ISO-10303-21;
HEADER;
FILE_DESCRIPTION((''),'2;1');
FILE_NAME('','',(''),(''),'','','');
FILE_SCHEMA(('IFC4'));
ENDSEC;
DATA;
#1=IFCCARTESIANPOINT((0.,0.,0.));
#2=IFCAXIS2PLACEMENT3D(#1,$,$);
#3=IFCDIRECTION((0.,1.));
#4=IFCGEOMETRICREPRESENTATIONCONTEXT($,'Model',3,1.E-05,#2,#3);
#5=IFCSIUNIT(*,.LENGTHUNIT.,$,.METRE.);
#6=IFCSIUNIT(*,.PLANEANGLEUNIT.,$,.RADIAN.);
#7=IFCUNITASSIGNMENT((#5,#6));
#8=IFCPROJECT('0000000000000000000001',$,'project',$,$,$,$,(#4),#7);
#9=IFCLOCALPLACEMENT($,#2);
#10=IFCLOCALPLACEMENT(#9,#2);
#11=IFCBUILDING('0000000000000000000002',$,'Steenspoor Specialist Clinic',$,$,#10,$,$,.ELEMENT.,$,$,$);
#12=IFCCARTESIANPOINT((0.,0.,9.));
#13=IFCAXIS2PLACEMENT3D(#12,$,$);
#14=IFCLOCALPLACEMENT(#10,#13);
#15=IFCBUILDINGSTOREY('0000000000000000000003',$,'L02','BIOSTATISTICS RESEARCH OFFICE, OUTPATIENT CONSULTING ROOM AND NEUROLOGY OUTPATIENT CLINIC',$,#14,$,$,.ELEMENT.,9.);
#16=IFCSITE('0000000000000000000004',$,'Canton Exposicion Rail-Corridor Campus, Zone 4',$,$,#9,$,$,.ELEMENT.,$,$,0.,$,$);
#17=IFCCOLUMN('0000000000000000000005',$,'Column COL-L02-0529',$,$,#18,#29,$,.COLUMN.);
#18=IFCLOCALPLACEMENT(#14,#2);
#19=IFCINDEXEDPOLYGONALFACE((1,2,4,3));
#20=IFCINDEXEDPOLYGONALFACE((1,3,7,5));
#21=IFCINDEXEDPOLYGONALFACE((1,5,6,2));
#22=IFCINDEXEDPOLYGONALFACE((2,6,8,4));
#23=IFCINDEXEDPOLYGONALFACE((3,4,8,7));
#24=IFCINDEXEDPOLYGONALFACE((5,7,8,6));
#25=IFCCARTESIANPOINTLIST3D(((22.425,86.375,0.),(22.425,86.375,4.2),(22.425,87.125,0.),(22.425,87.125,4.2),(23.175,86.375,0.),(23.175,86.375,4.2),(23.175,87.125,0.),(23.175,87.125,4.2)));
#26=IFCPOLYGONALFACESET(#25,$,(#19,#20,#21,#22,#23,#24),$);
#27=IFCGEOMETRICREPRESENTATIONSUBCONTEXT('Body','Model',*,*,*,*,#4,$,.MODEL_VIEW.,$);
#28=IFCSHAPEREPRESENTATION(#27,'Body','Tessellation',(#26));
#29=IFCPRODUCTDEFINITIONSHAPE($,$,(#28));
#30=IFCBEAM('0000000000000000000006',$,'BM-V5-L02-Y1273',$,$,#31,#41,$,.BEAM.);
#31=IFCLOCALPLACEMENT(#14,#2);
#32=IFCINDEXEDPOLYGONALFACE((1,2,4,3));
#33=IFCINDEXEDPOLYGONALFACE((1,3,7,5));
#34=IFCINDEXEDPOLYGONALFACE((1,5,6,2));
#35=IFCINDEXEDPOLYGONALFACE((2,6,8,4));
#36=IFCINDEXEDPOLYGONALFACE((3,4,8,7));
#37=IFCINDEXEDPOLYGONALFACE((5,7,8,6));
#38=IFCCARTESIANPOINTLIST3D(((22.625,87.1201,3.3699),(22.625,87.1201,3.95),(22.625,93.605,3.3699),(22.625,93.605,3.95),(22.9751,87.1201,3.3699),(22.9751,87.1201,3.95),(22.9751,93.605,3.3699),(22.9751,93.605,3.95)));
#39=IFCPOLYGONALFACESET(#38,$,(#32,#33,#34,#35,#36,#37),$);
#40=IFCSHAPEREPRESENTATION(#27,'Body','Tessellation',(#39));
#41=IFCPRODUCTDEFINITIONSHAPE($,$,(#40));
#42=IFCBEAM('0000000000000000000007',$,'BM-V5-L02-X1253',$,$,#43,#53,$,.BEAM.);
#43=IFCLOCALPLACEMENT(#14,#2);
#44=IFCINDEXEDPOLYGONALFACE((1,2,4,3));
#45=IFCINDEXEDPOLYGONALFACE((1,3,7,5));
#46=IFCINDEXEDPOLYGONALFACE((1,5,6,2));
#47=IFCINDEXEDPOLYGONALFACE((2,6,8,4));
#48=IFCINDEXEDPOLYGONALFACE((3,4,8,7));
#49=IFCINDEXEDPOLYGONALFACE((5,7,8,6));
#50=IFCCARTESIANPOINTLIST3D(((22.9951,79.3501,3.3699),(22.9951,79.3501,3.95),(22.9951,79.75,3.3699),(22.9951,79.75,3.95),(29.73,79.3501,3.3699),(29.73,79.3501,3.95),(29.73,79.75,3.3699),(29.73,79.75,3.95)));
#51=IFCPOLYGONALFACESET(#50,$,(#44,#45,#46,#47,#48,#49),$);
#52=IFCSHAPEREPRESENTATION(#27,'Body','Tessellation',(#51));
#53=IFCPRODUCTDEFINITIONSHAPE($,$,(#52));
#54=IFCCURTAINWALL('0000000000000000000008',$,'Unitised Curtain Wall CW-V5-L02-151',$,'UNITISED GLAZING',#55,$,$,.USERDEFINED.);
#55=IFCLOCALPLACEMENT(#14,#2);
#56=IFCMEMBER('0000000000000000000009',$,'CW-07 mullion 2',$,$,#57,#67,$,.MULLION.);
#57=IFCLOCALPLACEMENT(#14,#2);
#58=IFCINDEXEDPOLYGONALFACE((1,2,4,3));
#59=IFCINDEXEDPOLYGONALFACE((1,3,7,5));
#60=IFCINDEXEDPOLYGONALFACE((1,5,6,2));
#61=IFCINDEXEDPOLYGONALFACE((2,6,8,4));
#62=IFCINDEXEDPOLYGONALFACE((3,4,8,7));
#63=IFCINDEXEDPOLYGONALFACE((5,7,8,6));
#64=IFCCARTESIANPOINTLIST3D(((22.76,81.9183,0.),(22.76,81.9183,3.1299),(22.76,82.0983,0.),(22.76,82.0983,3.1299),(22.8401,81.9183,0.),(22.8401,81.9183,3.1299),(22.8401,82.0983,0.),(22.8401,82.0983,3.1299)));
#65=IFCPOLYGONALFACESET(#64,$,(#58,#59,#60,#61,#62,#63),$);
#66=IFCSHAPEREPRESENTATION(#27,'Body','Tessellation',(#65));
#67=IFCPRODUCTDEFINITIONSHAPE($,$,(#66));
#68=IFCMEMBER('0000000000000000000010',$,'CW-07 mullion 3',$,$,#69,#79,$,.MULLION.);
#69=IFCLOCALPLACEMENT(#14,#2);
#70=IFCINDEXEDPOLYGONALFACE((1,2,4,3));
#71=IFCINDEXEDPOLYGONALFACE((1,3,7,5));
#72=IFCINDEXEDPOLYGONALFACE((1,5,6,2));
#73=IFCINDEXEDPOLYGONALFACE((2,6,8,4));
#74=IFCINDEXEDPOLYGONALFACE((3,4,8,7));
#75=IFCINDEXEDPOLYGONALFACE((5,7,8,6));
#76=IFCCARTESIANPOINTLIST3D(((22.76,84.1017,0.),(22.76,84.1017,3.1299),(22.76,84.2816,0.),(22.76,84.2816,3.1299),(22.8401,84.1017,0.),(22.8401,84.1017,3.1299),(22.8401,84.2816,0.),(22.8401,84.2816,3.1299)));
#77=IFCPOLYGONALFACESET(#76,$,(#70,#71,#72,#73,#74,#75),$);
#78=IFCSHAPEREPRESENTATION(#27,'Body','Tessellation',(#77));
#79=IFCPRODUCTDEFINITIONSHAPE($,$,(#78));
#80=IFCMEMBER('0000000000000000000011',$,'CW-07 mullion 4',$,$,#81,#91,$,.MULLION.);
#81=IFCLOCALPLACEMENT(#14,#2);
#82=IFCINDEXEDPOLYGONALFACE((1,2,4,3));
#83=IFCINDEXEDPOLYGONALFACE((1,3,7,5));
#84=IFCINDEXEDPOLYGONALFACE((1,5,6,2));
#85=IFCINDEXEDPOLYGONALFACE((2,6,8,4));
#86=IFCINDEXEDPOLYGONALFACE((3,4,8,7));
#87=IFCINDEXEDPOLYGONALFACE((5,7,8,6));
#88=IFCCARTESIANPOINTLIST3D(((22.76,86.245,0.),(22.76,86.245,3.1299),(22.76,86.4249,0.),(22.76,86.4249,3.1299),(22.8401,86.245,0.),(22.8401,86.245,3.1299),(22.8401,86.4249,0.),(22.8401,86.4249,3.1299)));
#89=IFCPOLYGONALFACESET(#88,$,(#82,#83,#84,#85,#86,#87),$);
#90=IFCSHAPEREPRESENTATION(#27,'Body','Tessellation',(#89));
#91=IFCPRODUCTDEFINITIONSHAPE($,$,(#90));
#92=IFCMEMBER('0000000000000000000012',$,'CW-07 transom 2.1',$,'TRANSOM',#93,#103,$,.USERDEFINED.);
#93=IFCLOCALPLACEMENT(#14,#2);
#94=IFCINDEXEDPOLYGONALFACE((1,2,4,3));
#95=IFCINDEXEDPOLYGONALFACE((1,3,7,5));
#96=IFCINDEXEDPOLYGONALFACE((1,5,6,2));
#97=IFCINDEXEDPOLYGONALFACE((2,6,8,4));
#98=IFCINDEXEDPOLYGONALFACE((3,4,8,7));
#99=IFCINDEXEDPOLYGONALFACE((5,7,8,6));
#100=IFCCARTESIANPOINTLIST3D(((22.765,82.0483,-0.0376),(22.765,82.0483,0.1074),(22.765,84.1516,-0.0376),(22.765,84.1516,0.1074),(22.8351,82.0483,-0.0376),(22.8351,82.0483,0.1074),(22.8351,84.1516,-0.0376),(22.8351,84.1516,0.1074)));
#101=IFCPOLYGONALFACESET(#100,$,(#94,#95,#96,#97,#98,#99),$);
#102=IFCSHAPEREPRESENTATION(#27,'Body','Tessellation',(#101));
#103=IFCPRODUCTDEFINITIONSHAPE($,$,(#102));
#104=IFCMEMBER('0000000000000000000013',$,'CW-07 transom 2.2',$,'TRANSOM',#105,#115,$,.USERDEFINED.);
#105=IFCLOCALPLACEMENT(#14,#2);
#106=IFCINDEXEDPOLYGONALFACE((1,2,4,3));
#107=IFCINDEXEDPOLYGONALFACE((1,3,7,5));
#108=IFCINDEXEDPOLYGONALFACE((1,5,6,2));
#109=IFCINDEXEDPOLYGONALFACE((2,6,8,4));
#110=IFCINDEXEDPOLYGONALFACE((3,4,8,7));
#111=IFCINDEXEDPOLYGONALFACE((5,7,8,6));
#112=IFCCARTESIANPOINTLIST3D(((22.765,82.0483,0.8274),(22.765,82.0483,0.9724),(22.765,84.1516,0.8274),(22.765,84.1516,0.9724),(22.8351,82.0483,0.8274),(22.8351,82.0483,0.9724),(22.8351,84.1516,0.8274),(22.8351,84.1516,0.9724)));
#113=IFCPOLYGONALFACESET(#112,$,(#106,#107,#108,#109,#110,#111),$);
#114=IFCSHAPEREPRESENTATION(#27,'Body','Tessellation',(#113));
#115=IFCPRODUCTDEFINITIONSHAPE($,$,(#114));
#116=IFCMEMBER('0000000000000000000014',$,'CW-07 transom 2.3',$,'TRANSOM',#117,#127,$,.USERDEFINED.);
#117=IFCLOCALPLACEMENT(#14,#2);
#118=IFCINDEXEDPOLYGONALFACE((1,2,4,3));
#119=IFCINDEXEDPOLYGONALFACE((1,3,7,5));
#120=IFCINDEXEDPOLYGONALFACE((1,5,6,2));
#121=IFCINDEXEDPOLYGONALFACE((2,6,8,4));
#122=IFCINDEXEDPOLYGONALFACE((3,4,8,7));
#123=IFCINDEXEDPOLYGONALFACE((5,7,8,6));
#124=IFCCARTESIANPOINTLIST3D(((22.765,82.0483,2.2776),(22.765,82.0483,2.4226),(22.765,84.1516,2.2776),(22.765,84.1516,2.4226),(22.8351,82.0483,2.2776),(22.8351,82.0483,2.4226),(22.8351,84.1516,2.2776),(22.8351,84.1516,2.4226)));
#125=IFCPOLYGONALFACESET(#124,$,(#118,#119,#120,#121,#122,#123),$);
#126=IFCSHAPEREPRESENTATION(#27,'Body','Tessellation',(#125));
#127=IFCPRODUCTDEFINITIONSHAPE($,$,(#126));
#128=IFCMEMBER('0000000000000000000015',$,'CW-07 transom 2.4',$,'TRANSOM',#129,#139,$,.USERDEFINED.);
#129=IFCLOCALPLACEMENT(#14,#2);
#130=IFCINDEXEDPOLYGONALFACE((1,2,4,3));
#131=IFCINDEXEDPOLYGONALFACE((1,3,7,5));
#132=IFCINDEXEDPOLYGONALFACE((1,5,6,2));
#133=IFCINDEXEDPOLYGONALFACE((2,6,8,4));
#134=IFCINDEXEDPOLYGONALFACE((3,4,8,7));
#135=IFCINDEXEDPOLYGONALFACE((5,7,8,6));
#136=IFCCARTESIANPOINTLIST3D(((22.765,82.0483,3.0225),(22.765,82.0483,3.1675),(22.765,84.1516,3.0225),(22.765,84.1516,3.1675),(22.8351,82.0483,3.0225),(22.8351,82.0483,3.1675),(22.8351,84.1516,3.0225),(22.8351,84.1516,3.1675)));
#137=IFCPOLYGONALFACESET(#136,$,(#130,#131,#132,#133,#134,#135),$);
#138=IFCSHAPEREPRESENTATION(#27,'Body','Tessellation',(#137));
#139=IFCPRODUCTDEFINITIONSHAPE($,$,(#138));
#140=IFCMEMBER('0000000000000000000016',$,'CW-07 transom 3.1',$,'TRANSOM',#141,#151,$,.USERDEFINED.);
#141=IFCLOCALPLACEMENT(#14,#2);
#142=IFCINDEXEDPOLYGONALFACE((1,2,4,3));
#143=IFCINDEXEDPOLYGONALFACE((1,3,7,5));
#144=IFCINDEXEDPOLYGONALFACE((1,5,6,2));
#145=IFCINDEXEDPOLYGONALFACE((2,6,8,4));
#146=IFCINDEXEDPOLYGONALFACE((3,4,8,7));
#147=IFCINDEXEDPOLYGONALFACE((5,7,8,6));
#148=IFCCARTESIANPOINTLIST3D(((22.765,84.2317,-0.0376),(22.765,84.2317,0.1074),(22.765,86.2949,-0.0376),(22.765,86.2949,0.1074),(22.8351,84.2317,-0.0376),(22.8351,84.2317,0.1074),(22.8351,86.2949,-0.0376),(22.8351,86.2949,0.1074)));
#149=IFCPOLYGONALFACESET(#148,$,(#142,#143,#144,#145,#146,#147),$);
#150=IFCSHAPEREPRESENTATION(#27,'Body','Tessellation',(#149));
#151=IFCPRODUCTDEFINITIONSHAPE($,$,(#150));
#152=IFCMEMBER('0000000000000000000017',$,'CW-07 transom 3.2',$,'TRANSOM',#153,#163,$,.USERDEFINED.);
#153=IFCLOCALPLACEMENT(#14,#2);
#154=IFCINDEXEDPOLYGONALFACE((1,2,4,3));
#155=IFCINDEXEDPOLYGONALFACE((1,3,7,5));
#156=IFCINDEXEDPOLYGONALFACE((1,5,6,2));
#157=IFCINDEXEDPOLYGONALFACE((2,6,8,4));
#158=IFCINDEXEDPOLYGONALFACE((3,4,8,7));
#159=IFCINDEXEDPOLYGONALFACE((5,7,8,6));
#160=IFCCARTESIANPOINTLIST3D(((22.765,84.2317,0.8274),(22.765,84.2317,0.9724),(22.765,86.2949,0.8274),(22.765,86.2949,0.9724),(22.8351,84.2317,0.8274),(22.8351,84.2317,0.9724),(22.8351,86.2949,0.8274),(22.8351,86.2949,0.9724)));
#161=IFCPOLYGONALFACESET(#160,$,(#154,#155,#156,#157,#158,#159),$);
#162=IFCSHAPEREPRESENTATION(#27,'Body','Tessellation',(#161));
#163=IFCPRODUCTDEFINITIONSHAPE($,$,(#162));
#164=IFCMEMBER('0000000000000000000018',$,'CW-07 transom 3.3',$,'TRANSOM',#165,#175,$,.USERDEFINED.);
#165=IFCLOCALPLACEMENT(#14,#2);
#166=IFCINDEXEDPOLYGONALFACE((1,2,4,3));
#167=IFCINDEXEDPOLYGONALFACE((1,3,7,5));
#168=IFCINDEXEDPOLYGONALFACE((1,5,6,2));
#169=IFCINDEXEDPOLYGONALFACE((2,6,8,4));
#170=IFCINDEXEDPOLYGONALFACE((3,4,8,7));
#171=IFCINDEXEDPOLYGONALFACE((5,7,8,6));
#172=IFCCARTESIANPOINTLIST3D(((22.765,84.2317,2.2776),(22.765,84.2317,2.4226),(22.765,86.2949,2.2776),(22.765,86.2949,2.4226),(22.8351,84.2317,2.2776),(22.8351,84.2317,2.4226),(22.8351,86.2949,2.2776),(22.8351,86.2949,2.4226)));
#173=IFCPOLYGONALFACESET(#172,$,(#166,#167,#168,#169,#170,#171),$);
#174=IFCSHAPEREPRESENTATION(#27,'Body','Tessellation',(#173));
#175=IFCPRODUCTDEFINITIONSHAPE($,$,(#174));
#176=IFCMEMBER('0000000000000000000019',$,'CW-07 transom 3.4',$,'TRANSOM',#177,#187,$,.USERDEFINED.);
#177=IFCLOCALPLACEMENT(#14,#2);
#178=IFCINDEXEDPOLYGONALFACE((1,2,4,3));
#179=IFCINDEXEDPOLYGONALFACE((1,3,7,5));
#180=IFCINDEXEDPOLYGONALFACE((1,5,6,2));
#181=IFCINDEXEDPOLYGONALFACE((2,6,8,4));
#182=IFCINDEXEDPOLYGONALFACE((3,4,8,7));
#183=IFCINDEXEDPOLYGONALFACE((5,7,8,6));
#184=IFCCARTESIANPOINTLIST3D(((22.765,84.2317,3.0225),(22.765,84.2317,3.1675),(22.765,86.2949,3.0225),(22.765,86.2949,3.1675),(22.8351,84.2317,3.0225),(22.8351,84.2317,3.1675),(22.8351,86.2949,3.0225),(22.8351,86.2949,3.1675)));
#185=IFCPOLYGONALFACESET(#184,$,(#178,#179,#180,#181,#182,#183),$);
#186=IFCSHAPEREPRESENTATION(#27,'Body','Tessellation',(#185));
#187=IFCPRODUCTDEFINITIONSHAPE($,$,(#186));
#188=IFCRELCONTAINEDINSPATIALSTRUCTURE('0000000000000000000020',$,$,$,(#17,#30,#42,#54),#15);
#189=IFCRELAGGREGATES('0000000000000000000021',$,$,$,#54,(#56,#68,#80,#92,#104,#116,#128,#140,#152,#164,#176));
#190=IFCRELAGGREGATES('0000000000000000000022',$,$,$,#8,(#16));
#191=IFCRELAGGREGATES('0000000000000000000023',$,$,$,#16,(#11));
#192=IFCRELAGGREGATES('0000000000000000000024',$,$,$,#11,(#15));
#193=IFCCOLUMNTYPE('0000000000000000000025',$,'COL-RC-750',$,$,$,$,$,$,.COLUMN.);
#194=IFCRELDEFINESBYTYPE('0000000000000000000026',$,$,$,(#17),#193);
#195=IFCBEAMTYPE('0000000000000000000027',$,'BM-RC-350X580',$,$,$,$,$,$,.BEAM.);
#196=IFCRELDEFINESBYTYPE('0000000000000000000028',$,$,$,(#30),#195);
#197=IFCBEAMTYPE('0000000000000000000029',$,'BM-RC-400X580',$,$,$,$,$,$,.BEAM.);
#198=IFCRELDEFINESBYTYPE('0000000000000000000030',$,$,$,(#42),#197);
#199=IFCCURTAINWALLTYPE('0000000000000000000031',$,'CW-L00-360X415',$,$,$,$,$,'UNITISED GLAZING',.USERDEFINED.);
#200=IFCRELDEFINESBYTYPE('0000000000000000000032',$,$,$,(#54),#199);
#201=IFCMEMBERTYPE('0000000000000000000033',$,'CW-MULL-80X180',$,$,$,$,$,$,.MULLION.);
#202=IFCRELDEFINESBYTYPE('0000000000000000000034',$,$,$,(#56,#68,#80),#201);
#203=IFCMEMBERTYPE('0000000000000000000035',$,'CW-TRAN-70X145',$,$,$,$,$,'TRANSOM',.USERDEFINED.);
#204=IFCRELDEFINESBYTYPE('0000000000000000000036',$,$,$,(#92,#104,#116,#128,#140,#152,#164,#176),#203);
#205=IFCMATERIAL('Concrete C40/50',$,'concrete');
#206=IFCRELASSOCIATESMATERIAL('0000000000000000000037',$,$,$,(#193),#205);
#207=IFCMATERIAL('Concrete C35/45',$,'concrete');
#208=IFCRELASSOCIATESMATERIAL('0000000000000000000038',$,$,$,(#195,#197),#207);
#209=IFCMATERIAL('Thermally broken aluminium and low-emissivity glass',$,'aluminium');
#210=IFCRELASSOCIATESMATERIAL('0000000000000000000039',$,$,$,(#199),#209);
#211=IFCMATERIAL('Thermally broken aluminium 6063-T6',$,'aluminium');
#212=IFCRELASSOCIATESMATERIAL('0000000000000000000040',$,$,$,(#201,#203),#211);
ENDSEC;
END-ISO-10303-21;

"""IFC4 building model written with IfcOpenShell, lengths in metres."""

from ifc_helpers import new_model, si_unit, direction, frame, origin, origin_2d, place, context, subcontext, project, spatial, rectangle, extrude, material, material_profile, profile_set, type_object, element, aggregate, save


model = new_model("IFC4")

# Units and contexts
model_context = context("Model", 3, precision=1e-05, world=origin(), true_north=direction((0.0, 1.0)))
body_context = subcontext(model_context, "Body", "Model", "MODEL_VIEW")
ifc_project = project(units=[si_unit("LENGTHUNIT", "METRE"), si_unit("PLANEANGLEUNIT", "RADIAN")], contexts=[model_context])

# Site, building, storey
site_placement = place(None, origin())
site = spatial("IfcSite", under=ifc_project, at=site_placement, Name="Canton Exposicion Rail-Corridor Campus, Zone 4", CompositionType="ELEMENT", RefElevation=0.0)
building_placement = place(site_placement, origin())
building = spatial("IfcBuilding", under=site, at=building_placement, Name="Steenspoor Specialist Clinic", CompositionType="ELEMENT")
storey_placement = place(building_placement, frame((0.0, 0.0, 9.0)))
storey = spatial("IfcBuildingStorey", under=building, at=storey_placement, Name="L02", Description="BIOSTATISTICS RESEARCH OFFICE, OUTPATIENT CONSULTING ROOM AND NEUROLOGY OUTPATIENT CLINIC", CompositionType="ELEMENT", Elevation=9.0)

# Column
ifc_material_1 = material(Name="Concrete C40/50", Category="concrete")
ifc_material_profile_1 = material_profile(ifc_material_1, rectangle(XDim=0.75, YDim=0.75, at=origin_2d()), Name="RC-COL-750X750")
ifc_profile_set_1 = profile_set([ifc_material_profile_1], Name="Concrete C40/50")
column_type = type_object("IfcColumnType", Name="COL-RC-750", PredefinedType="COLUMN", material=ifc_profile_set_1)
column_placement = place(storey_placement, frame((22.8, 86.75, 0.0), z_axis=(0.0, 0.0, 1.0), x_axis=(1.0, 0.0, 0.0)))
element("IfcColumn", 1, at=column_placement, inside=storey, type_object=column_type, Name="Column COL-L02-0529", PredefinedType="COLUMN", context=body_context, shape_type="SweptSolid", body=[
    extrude(rectangle(XDim=0.75, YDim=0.75, at=origin_2d()), origin(), (0.0, 0.0, 1.0), 4.2),
])

# Beams
ifc_material_2 = material(Name="Concrete C35/45", Category="concrete")
ifc_material_profile_2 = material_profile(ifc_material_2, rectangle(XDim=0.3501, YDim=0.5801, at=origin_2d()), Name="RC-BM-350X580")
ifc_profile_set_2 = profile_set([ifc_material_profile_2], Name="Concrete C35/45")
beam_type_1 = type_object("IfcBeamType", Name="BM-RC-350X580", PredefinedType="BEAM", material=ifc_profile_set_2)
beam_1_placement = place(storey_placement, frame((22.8, 87.1201, 3.6599), z_axis=(0.0, 1.0, 0.0), x_axis=(-1.0, 0.0, 0.0)))
element("IfcBeam", 2, at=beam_1_placement, inside=storey, type_object=beam_type_1, Name="BM-V5-L02-Y1273", PredefinedType="BEAM", context=body_context, shape_type="SweptSolid", body=[
    extrude(rectangle(XDim=0.3501, YDim=0.5801, at=origin_2d()), origin(), (0.0, 0.0, 1.0), 6.4849),
])
ifc_material_profile_3 = material_profile(ifc_material_2, rectangle(XDim=0.3999, YDim=0.5801, at=origin_2d()), Name="RC-BM-400X580")
ifc_profile_set_3 = profile_set([ifc_material_profile_3], Name="Concrete C35/45")
beam_type_2 = type_object("IfcBeamType", Name="BM-RC-400X580", PredefinedType="BEAM", material=ifc_profile_set_3)
beam_2_placement = place(storey_placement, frame((22.9951, 79.55, 3.6599), z_axis=(1.0, 0.0, 0.0), x_axis=(0.0, 1.0, 0.0)))
element("IfcBeam", 3, at=beam_2_placement, inside=storey, type_object=beam_type_2, Name="BM-V5-L02-X1253", PredefinedType="BEAM", context=body_context, shape_type="SweptSolid", body=[
    extrude(rectangle(XDim=0.3999, YDim=0.5801, at=origin_2d()), origin(), (0.0, 0.0, 1.0), 6.7349),
])

# Curtain wall, members
ifc_material_3 = material(Name="Thermally broken aluminium and low-emissivity glass", Category="aluminium")
curtain_wall_type = type_object("IfcCurtainWallType", Name="CW-L00-360X415", ElementType="UNITISED GLAZING", PredefinedType="USERDEFINED", material=ifc_material_3)
curtain_wall_placement = place(storey_placement, origin())
curtain_wall = element("IfcCurtainWall", 4, at=curtain_wall_placement, inside=storey, type_object=curtain_wall_type, Name="Unitised Curtain Wall CW-V5-L02-151", ObjectType="UNITISED GLAZING", PredefinedType="USERDEFINED")
ifc_material_4 = material(Name="Thermally broken aluminium 6063-T6", Category="aluminium")
ifc_material_profile_4 = material_profile(ifc_material_4, rectangle(XDim=0.0801, YDim=0.1799, at=origin_2d()), Name="CWM-80X180")
ifc_profile_set_4 = profile_set([ifc_material_profile_4], Name="Thermally broken aluminium 6063-T6")
member_type_1 = type_object("IfcMemberType", Name="CW-MULL-80X180", PredefinedType="MULLION", material=ifc_profile_set_4)
member_1_placement = place(storey_placement, frame((22.8, 82.0083, 0.0), z_axis=(0.0, 0.0, 1.0), x_axis=(-1.0, 0.0, 0.0)))
member_1 = element("IfcMember", 5, at=member_1_placement, type_object=member_type_1, Name="CW-07 mullion 2", PredefinedType="MULLION", context=body_context, shape_type="SweptSolid", body=[
    extrude(rectangle(XDim=0.0801, YDim=0.1799, at=origin_2d()), origin(), (0.0, 0.0, 1.0), 3.1299),
])
member_2_placement = place(storey_placement, frame((22.8, 84.1917, 0.0), z_axis=(0.0, 0.0, 1.0), x_axis=(-1.0, 0.0, 0.0)))
member_2 = element("IfcMember", 6, at=member_2_placement, type_object=member_type_1, Name="CW-07 mullion 3", PredefinedType="MULLION", context=body_context, shape_type="SweptSolid", body=[
    extrude(rectangle(XDim=0.0801, YDim=0.1799, at=origin_2d()), origin(), (0.0, 0.0, 1.0), 3.1299),
])
member_3_placement = place(storey_placement, frame((22.8, 86.335, 0.0), z_axis=(0.0, 0.0, 1.0), x_axis=(-1.0, 0.0, 0.0)))
member_3 = element("IfcMember", 7, at=member_3_placement, type_object=member_type_1, Name="CW-07 mullion 4", PredefinedType="MULLION", context=body_context, shape_type="SweptSolid", body=[
    extrude(rectangle(XDim=0.0801, YDim=0.1799, at=origin_2d()), origin(), (0.0, 0.0, 1.0), 3.1299),
])
ifc_material_profile_5 = material_profile(ifc_material_4, rectangle(XDim=0.0701, YDim=0.145, at=origin_2d()), Name="CWT-70X145")
ifc_profile_set_5 = profile_set([ifc_material_profile_5], Name="Thermally broken aluminium 6063-T6")
member_type_2 = type_object("IfcMemberType", Name="CW-TRAN-70X145", ElementType="TRANSOM", PredefinedType="USERDEFINED", material=ifc_profile_set_5)
member_4_placement = place(storey_placement, frame((22.8, 82.0483, 0.0349), z_axis=(0.0, 1.0, 0.0), x_axis=(-1.0, 0.0, 0.0)))
member_4 = element("IfcMember", 8, at=member_4_placement, type_object=member_type_2, Name="CW-07 transom 2.1", ObjectType="TRANSOM", PredefinedType="USERDEFINED", context=body_context, shape_type="SweptSolid", body=[
    extrude(rectangle(XDim=0.0701, YDim=0.145, at=origin_2d()), origin(), (0.0, 0.0, 1.0), 2.1033),
])
member_5_placement = place(storey_placement, frame((22.8, 82.0483, 0.8999), z_axis=(0.0, 1.0, 0.0), x_axis=(-1.0, 0.0, 0.0)))
member_5 = element("IfcMember", 9, at=member_5_placement, type_object=member_type_2, Name="CW-07 transom 2.2", ObjectType="TRANSOM", PredefinedType="USERDEFINED", context=body_context, shape_type="SweptSolid", body=[
    extrude(rectangle(XDim=0.0701, YDim=0.145, at=origin_2d()), origin(), (0.0, 0.0, 1.0), 2.1033),
])
member_6_placement = place(storey_placement, frame((22.8, 82.0483, 2.3501), z_axis=(0.0, 1.0, 0.0), x_axis=(-1.0, 0.0, 0.0)))
member_6 = element("IfcMember", 10, at=member_6_placement, type_object=member_type_2, Name="CW-07 transom 2.3", ObjectType="TRANSOM", PredefinedType="USERDEFINED", context=body_context, shape_type="SweptSolid", body=[
    extrude(rectangle(XDim=0.0701, YDim=0.145, at=origin_2d()), origin(), (0.0, 0.0, 1.0), 2.1033),
])
member_7_placement = place(storey_placement, frame((22.8, 82.0483, 3.095), z_axis=(0.0, 1.0, 0.0), x_axis=(-1.0, 0.0, 0.0)))
member_7 = element("IfcMember", 11, at=member_7_placement, type_object=member_type_2, Name="CW-07 transom 2.4", ObjectType="TRANSOM", PredefinedType="USERDEFINED", context=body_context, shape_type="SweptSolid", body=[
    extrude(rectangle(XDim=0.0701, YDim=0.145, at=origin_2d()), origin(), (0.0, 0.0, 1.0), 2.1033),
])
member_8_placement = place(storey_placement, frame((22.8, 84.2317, 0.0349), z_axis=(0.0, 1.0, 0.0), x_axis=(-1.0, 0.0, 0.0)))
member_8 = element("IfcMember", 12, at=member_8_placement, type_object=member_type_2, Name="CW-07 transom 3.1", ObjectType="TRANSOM", PredefinedType="USERDEFINED", context=body_context, shape_type="SweptSolid", body=[
    extrude(rectangle(XDim=0.0701, YDim=0.145, at=origin_2d()), origin(), (0.0, 0.0, 1.0), 2.0632),
])
member_9_placement = place(storey_placement, frame((22.8, 84.2317, 0.8999), z_axis=(0.0, 1.0, 0.0), x_axis=(-1.0, 0.0, 0.0)))
member_9 = element("IfcMember", 13, at=member_9_placement, type_object=member_type_2, Name="CW-07 transom 3.2", ObjectType="TRANSOM", PredefinedType="USERDEFINED", context=body_context, shape_type="SweptSolid", body=[
    extrude(rectangle(XDim=0.0701, YDim=0.145, at=origin_2d()), origin(), (0.0, 0.0, 1.0), 2.0632),
])
member_10_placement = place(storey_placement, frame((22.8, 84.2317, 2.3501), z_axis=(0.0, 1.0, 0.0), x_axis=(-1.0, 0.0, 0.0)))
member_10 = element("IfcMember", 14, at=member_10_placement, type_object=member_type_2, Name="CW-07 transom 3.3", ObjectType="TRANSOM", PredefinedType="USERDEFINED", context=body_context, shape_type="SweptSolid", body=[
    extrude(rectangle(XDim=0.0701, YDim=0.145, at=origin_2d()), origin(), (0.0, 0.0, 1.0), 2.0632),
])
member_11_placement = place(storey_placement, frame((22.8, 84.2317, 3.095), z_axis=(0.0, 1.0, 0.0), x_axis=(-1.0, 0.0, 0.0)))
member_11 = element("IfcMember", 15, at=member_11_placement, type_object=member_type_2, Name="CW-07 transom 3.4", ObjectType="TRANSOM", PredefinedType="USERDEFINED", context=body_context, shape_type="SweptSolid", body=[
    extrude(rectangle(XDim=0.0701, YDim=0.145, at=origin_2d()), origin(), (0.0, 0.0, 1.0), 2.0632),
])

aggregate(curtain_wall, [member_1, member_2, member_3, member_4, member_5, member_6, member_7, member_8, member_9, member_10, member_11])

save(model, "model.ifc")
